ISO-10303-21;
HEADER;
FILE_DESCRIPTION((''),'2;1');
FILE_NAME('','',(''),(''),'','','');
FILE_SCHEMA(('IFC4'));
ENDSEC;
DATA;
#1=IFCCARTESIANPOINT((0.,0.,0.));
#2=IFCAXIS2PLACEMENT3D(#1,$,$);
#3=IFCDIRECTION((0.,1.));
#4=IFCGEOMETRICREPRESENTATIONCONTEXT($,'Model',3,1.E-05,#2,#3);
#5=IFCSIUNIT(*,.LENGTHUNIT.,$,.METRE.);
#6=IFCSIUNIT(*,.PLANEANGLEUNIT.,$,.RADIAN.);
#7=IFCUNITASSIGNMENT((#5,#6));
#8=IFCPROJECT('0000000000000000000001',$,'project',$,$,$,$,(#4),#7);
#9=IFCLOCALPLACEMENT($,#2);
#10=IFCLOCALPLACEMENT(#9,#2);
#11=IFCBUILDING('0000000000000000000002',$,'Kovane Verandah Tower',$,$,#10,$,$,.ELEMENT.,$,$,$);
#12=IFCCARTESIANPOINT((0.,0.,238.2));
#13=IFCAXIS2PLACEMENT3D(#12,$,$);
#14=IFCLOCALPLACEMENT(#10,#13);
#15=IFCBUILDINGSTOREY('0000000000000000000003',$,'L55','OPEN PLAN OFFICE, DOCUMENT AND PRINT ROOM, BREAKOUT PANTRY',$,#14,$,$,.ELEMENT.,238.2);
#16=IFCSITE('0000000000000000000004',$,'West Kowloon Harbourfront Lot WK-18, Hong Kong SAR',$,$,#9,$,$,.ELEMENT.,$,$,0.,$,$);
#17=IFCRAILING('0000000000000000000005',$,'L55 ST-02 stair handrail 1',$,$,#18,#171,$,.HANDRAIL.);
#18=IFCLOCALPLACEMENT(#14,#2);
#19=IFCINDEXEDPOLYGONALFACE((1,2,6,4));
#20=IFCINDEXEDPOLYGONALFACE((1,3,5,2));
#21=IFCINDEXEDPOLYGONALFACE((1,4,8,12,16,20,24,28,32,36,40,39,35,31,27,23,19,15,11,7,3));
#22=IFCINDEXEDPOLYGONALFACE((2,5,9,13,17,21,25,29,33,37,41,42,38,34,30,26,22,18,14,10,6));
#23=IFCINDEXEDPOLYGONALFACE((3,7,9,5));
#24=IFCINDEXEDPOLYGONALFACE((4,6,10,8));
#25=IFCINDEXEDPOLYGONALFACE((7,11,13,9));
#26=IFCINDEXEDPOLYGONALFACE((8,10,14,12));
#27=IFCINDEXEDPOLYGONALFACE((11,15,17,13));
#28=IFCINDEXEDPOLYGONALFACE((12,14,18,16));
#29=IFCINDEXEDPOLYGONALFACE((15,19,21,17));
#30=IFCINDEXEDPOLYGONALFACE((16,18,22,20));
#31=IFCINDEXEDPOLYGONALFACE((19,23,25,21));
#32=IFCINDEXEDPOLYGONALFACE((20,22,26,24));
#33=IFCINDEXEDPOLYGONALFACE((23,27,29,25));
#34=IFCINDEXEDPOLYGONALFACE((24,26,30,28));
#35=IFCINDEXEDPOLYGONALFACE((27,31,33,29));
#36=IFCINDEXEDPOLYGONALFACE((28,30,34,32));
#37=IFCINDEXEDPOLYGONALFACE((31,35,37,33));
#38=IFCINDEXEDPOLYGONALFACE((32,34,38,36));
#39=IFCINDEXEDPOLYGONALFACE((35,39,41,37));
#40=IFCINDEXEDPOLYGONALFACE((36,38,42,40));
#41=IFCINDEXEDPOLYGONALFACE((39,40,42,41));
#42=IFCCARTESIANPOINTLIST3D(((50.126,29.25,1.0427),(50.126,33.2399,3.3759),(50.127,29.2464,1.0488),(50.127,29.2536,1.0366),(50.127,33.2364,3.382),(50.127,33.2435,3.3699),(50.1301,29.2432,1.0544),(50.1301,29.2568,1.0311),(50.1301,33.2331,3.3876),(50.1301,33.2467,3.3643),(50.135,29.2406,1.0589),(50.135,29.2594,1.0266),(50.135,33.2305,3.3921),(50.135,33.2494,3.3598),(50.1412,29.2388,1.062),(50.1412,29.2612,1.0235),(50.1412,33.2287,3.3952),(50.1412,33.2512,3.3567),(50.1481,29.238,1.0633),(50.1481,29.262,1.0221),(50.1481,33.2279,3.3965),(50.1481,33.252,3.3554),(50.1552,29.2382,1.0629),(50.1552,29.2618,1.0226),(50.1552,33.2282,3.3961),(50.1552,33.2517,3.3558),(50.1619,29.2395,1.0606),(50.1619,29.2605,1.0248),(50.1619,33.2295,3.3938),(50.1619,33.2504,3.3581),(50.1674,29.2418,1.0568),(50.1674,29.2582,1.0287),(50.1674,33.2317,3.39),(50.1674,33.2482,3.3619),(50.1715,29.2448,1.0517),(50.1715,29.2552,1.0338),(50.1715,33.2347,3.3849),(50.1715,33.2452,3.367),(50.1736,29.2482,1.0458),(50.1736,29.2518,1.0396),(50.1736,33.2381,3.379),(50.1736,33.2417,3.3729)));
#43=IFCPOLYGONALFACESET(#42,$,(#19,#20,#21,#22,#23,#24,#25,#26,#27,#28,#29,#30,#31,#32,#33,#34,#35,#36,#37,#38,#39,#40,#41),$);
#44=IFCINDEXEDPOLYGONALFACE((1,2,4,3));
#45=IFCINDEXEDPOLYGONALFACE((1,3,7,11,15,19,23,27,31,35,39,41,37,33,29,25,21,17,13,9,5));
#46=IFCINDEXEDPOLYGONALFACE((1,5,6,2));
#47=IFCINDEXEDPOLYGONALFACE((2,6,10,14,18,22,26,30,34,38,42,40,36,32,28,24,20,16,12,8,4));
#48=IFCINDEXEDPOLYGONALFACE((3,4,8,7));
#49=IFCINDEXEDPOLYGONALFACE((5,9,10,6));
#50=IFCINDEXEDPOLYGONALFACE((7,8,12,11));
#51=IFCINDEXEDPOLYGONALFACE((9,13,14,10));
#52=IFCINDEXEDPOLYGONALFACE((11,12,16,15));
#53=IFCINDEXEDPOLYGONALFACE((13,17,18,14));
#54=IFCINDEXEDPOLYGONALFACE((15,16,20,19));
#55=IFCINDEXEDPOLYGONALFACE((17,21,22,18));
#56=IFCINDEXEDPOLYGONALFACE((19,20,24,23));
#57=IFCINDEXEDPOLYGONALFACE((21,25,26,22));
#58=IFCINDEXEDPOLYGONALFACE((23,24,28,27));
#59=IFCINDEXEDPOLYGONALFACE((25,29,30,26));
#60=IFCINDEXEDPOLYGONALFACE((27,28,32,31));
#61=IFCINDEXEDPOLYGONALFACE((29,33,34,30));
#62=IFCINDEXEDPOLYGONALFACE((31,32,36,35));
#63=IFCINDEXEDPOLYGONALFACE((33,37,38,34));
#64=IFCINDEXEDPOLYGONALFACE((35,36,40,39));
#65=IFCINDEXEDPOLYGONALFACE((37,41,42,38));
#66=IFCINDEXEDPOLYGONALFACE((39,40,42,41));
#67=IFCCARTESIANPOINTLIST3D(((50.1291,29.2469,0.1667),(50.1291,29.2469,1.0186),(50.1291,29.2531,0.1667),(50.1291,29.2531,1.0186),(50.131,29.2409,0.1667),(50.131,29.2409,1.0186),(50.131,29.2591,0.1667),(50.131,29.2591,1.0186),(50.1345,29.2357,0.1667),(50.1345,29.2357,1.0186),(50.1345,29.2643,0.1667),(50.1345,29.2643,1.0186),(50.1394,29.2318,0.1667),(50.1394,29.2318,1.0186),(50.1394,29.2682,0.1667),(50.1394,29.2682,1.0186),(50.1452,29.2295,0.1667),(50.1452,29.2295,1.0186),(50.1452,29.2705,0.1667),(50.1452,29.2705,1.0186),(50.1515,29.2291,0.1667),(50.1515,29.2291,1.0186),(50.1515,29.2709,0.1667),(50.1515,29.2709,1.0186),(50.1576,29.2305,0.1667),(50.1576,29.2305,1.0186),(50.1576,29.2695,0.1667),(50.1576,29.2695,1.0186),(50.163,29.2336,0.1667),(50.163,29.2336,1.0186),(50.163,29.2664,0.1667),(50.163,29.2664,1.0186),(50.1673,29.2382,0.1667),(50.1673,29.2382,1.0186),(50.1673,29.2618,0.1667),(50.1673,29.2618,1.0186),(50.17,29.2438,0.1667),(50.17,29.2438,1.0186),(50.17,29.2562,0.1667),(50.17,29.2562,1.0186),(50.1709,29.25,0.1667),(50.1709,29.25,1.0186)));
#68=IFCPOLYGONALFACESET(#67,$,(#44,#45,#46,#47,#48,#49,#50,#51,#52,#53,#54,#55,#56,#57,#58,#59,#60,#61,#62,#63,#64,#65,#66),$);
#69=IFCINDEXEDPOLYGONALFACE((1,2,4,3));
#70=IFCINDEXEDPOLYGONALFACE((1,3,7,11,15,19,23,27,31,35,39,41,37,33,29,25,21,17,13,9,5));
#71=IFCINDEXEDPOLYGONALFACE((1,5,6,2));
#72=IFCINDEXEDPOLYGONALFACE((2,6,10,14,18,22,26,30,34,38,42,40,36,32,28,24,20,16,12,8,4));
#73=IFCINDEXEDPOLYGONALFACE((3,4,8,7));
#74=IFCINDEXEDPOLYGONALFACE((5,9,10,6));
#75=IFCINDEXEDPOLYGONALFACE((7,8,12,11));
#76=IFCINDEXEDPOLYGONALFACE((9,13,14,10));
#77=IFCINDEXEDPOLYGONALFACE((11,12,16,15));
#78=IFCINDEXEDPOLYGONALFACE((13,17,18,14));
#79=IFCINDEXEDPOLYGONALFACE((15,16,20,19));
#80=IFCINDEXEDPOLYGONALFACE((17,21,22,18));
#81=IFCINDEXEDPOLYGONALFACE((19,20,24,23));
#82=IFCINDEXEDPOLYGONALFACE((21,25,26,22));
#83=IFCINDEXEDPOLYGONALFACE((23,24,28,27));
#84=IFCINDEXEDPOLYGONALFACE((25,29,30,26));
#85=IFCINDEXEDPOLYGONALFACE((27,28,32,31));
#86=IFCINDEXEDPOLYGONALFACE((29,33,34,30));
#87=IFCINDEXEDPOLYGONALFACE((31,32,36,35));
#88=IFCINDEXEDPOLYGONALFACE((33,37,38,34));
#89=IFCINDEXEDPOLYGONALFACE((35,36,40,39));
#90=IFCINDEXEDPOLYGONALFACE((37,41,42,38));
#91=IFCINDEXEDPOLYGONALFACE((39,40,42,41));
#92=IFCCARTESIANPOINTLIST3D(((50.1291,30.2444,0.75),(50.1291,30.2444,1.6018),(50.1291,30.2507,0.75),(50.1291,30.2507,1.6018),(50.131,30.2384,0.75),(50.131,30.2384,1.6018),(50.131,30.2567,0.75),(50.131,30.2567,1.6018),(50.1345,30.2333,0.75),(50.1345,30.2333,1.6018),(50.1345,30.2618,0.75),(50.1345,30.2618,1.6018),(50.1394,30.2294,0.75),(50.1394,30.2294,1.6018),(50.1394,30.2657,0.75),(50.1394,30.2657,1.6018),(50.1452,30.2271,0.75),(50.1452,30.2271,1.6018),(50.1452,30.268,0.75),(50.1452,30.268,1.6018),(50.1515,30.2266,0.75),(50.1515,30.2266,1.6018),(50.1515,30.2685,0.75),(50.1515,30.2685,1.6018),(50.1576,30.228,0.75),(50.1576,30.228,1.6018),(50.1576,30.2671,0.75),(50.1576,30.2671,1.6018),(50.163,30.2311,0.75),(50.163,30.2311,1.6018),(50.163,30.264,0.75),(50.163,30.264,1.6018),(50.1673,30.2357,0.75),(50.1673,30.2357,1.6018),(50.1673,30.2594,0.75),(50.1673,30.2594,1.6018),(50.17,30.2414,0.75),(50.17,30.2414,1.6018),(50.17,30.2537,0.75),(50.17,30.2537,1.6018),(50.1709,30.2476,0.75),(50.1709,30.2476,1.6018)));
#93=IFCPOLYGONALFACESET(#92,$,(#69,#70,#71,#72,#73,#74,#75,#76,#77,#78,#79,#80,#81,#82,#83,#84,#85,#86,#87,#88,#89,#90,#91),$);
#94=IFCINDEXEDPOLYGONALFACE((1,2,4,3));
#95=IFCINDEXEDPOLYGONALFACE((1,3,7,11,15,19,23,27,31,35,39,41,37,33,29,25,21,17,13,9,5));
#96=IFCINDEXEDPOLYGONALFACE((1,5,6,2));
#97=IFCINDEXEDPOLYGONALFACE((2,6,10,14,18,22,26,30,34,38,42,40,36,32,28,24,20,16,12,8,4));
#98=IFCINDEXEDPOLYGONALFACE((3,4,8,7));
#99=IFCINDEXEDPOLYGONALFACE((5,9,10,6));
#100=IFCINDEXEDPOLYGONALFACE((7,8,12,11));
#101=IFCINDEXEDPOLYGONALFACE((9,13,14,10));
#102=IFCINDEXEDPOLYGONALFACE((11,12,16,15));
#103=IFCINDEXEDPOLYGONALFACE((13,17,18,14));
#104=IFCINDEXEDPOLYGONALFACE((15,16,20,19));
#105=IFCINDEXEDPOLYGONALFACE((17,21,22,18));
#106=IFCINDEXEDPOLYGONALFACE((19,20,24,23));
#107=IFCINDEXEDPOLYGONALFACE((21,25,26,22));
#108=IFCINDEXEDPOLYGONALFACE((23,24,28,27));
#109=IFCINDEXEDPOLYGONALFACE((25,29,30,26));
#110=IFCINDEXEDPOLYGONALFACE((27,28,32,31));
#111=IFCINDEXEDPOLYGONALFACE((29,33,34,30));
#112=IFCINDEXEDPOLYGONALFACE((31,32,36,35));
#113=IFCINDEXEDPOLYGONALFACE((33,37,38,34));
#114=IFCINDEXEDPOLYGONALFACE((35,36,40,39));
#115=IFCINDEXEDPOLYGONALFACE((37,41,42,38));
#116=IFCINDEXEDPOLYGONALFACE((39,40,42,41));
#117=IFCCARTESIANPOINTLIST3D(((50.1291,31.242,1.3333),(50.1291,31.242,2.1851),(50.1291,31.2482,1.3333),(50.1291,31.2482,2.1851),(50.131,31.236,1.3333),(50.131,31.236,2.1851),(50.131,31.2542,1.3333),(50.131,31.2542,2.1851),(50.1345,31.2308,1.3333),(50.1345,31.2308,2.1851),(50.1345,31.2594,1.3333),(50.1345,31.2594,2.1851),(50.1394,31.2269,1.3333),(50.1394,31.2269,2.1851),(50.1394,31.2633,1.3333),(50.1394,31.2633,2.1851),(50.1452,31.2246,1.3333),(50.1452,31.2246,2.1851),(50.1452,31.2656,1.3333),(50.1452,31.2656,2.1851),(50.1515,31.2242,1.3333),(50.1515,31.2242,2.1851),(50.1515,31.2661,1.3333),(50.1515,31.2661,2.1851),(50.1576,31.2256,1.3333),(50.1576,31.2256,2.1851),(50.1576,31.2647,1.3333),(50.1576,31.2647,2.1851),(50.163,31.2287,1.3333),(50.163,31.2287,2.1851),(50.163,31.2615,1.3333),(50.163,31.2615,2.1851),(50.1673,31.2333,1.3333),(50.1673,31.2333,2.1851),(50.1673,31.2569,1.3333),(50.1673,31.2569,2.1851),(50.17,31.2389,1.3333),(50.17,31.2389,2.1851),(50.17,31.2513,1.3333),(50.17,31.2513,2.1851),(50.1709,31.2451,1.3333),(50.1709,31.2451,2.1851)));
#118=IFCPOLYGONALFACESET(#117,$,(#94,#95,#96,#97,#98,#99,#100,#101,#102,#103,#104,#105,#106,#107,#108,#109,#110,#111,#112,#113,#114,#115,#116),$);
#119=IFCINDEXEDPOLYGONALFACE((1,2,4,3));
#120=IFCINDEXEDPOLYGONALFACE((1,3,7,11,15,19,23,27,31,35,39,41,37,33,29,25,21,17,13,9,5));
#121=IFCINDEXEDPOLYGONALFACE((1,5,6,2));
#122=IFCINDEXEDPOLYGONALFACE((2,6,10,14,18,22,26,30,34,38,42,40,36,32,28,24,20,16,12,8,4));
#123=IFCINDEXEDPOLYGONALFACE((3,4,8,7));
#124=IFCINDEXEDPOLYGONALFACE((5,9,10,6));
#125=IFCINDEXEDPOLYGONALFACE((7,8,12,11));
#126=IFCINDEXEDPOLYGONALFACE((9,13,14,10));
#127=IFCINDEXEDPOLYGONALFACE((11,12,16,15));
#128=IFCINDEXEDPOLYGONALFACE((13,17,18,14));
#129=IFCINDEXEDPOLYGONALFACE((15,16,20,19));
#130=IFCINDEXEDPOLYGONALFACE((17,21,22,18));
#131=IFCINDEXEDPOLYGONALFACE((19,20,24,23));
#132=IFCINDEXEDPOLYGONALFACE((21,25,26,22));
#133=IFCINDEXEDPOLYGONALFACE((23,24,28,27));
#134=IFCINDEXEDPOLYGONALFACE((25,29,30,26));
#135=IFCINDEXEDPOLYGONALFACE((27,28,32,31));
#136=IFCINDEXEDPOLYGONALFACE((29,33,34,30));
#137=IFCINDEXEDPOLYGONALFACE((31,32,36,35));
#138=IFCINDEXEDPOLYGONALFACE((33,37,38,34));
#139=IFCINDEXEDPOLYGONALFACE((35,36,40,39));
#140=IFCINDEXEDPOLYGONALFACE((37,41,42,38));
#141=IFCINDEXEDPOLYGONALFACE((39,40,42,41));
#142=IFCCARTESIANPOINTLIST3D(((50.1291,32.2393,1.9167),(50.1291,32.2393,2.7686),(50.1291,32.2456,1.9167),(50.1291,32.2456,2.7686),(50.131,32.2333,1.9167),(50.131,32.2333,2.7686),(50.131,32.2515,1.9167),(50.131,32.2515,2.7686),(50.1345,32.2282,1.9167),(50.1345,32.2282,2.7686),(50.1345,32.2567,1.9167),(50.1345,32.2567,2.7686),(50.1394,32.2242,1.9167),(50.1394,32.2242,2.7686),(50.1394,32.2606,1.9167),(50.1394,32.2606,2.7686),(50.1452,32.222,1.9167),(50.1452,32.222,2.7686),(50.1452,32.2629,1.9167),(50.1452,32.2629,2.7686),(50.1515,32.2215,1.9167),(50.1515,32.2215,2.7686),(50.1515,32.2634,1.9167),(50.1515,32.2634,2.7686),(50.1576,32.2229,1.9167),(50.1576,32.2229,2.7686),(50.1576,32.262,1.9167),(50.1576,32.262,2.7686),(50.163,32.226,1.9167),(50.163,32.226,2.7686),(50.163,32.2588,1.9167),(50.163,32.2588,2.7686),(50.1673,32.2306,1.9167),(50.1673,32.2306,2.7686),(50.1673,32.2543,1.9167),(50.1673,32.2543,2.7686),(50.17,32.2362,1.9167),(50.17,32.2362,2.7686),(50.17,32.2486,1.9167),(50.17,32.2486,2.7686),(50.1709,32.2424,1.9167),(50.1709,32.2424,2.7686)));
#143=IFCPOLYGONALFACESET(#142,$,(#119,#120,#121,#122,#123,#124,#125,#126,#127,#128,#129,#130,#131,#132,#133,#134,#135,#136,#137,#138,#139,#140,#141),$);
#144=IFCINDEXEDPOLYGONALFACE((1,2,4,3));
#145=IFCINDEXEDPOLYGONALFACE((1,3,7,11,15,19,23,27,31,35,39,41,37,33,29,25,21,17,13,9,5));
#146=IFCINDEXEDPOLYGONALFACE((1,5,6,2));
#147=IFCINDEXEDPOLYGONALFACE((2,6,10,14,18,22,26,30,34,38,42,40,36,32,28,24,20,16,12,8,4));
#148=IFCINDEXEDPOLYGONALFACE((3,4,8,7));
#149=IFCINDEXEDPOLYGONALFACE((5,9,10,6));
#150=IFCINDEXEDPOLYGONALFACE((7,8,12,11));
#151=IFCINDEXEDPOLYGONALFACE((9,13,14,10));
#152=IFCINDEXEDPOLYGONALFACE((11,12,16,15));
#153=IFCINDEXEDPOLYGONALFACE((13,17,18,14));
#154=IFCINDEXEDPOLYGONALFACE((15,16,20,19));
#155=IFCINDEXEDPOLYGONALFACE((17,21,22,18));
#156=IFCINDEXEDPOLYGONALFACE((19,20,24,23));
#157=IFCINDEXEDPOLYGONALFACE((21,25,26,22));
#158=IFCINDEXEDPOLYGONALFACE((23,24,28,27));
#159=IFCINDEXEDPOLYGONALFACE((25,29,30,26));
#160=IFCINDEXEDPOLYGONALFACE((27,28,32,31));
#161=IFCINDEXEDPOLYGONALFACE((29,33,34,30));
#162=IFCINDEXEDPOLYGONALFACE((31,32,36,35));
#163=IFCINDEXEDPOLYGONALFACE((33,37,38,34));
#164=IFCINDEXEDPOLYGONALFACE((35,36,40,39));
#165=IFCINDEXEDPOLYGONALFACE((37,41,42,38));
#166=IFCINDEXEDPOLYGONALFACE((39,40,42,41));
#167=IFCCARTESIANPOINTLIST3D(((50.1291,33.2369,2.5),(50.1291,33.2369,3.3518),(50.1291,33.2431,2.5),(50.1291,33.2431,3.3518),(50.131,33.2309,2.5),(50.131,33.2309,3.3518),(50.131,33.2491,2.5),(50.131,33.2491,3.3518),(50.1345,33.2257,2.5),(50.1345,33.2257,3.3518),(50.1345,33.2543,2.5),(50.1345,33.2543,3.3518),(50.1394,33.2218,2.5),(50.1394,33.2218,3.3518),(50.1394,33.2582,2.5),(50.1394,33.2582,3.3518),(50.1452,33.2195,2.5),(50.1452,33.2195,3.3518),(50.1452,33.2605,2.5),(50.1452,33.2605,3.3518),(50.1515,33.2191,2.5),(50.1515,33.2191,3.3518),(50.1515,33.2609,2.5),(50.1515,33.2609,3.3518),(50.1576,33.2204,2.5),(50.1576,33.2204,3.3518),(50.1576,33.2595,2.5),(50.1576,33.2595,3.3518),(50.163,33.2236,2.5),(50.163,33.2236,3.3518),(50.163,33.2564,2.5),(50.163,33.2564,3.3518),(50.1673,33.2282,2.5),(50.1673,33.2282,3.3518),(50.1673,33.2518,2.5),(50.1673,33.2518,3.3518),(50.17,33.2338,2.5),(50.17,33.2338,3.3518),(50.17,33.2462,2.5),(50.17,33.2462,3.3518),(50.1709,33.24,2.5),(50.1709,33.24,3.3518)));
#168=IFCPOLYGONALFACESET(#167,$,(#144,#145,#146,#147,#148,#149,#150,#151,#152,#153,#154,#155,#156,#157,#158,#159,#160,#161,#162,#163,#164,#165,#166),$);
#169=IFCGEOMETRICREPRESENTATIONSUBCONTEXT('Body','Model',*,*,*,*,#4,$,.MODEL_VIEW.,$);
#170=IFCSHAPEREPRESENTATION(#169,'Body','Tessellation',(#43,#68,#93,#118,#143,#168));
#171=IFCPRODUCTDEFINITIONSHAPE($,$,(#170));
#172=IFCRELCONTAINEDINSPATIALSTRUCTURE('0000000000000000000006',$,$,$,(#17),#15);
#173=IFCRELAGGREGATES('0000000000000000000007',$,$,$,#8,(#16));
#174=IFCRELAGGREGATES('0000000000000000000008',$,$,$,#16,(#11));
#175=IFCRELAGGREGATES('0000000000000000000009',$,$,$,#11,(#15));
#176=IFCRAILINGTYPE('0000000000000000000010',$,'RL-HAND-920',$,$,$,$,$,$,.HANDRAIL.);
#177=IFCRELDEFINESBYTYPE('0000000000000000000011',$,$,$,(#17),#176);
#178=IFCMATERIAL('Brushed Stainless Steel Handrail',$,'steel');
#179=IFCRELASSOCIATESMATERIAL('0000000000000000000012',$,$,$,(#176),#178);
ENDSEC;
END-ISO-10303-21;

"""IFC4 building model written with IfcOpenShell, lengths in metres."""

from ifc_helpers import new_model, si_unit, direction, frame, origin, origin_2d, place, context, subcontext, project, spatial, circle, extrude, material, type_object, element, save


model = new_model("IFC4")

# Units and contexts
model_context = context("Model", 3, precision=1e-05, world=origin(), true_north=direction((0.0, 1.0)))
body_context = subcontext(model_context, "Body", "Model", "MODEL_VIEW")
ifc_project = project(units=[si_unit("LENGTHUNIT", "METRE"), si_unit("PLANEANGLEUNIT", "RADIAN")], contexts=[model_context])

# Site, building, storey
site_placement = place(None, origin())
site = spatial("IfcSite", under=ifc_project, at=site_placement, Name="West Kowloon Harbourfront Lot WK-18, Hong Kong SAR", CompositionType="ELEMENT", RefElevation=0.0)
building_placement = place(site_placement, origin())
building = spatial("IfcBuilding", under=site, at=building_placement, Name="Kovane Verandah Tower", CompositionType="ELEMENT")
storey_placement = place(building_placement, frame((0.0, 0.0, 238.2)))
storey = spatial("IfcBuildingStorey", under=building, at=storey_placement, Name="L55", Description="OPEN PLAN OFFICE, DOCUMENT AND PRINT ROOM, BREAKOUT PANTRY", CompositionType="ELEMENT", Elevation=238.2)

# Railing
ifc_material_1 = material(Name="Brushed Stainless Steel Handrail", Category="steel")
railing_type_1 = type_object("IfcRailingType", Name="RL-HAND-920", PredefinedType="HANDRAIL", material=ifc_material_1)
railing_1_placement = place(storey_placement, frame((50.1499, 29.25, 0.1667)))
element("IfcRailing", 1, at=railing_1_placement, inside=storey, type_object=railing_type_1, Name="L55 ST-02 stair handrail 1", PredefinedType="HANDRAIL", context=body_context, shape_type="SweptSolid", body=[
    extrude(circle(Radius=0.0239, at=origin_2d()), frame((0.0, 0.0, 0.876), z_axis=(0.0, 0.863236, 0.5048), x_axis=(-1.0, 0.0, 0.0)), (0.0, 0.0, 1.0), 4.6221),
    extrude(circle(Radius=0.021, at=origin_2d()), origin(), (0.0, 0.0, 1.0), 0.8518),
    extrude(circle(Radius=0.021, at=origin_2d()), frame((0.0, 0.9976, 0.5833)), (0.0, 0.0, 1.0), 0.8518),
    extrude(circle(Radius=0.021, at=origin_2d()), frame((0.0, 1.9951, 1.1665)), (0.0, 0.0, 1.0), 0.8518),
    extrude(circle(Radius=0.021, at=origin_2d()), frame((0.0, 2.9924, 1.75)), (0.0, 0.0, 1.0), 0.8518),
    extrude(circle(Radius=0.021, at=origin_2d()), frame((0.0, 3.99, 2.3333)), (0.0, 0.0, 1.0), 0.8518),
])

save(model, "model.ifc")
